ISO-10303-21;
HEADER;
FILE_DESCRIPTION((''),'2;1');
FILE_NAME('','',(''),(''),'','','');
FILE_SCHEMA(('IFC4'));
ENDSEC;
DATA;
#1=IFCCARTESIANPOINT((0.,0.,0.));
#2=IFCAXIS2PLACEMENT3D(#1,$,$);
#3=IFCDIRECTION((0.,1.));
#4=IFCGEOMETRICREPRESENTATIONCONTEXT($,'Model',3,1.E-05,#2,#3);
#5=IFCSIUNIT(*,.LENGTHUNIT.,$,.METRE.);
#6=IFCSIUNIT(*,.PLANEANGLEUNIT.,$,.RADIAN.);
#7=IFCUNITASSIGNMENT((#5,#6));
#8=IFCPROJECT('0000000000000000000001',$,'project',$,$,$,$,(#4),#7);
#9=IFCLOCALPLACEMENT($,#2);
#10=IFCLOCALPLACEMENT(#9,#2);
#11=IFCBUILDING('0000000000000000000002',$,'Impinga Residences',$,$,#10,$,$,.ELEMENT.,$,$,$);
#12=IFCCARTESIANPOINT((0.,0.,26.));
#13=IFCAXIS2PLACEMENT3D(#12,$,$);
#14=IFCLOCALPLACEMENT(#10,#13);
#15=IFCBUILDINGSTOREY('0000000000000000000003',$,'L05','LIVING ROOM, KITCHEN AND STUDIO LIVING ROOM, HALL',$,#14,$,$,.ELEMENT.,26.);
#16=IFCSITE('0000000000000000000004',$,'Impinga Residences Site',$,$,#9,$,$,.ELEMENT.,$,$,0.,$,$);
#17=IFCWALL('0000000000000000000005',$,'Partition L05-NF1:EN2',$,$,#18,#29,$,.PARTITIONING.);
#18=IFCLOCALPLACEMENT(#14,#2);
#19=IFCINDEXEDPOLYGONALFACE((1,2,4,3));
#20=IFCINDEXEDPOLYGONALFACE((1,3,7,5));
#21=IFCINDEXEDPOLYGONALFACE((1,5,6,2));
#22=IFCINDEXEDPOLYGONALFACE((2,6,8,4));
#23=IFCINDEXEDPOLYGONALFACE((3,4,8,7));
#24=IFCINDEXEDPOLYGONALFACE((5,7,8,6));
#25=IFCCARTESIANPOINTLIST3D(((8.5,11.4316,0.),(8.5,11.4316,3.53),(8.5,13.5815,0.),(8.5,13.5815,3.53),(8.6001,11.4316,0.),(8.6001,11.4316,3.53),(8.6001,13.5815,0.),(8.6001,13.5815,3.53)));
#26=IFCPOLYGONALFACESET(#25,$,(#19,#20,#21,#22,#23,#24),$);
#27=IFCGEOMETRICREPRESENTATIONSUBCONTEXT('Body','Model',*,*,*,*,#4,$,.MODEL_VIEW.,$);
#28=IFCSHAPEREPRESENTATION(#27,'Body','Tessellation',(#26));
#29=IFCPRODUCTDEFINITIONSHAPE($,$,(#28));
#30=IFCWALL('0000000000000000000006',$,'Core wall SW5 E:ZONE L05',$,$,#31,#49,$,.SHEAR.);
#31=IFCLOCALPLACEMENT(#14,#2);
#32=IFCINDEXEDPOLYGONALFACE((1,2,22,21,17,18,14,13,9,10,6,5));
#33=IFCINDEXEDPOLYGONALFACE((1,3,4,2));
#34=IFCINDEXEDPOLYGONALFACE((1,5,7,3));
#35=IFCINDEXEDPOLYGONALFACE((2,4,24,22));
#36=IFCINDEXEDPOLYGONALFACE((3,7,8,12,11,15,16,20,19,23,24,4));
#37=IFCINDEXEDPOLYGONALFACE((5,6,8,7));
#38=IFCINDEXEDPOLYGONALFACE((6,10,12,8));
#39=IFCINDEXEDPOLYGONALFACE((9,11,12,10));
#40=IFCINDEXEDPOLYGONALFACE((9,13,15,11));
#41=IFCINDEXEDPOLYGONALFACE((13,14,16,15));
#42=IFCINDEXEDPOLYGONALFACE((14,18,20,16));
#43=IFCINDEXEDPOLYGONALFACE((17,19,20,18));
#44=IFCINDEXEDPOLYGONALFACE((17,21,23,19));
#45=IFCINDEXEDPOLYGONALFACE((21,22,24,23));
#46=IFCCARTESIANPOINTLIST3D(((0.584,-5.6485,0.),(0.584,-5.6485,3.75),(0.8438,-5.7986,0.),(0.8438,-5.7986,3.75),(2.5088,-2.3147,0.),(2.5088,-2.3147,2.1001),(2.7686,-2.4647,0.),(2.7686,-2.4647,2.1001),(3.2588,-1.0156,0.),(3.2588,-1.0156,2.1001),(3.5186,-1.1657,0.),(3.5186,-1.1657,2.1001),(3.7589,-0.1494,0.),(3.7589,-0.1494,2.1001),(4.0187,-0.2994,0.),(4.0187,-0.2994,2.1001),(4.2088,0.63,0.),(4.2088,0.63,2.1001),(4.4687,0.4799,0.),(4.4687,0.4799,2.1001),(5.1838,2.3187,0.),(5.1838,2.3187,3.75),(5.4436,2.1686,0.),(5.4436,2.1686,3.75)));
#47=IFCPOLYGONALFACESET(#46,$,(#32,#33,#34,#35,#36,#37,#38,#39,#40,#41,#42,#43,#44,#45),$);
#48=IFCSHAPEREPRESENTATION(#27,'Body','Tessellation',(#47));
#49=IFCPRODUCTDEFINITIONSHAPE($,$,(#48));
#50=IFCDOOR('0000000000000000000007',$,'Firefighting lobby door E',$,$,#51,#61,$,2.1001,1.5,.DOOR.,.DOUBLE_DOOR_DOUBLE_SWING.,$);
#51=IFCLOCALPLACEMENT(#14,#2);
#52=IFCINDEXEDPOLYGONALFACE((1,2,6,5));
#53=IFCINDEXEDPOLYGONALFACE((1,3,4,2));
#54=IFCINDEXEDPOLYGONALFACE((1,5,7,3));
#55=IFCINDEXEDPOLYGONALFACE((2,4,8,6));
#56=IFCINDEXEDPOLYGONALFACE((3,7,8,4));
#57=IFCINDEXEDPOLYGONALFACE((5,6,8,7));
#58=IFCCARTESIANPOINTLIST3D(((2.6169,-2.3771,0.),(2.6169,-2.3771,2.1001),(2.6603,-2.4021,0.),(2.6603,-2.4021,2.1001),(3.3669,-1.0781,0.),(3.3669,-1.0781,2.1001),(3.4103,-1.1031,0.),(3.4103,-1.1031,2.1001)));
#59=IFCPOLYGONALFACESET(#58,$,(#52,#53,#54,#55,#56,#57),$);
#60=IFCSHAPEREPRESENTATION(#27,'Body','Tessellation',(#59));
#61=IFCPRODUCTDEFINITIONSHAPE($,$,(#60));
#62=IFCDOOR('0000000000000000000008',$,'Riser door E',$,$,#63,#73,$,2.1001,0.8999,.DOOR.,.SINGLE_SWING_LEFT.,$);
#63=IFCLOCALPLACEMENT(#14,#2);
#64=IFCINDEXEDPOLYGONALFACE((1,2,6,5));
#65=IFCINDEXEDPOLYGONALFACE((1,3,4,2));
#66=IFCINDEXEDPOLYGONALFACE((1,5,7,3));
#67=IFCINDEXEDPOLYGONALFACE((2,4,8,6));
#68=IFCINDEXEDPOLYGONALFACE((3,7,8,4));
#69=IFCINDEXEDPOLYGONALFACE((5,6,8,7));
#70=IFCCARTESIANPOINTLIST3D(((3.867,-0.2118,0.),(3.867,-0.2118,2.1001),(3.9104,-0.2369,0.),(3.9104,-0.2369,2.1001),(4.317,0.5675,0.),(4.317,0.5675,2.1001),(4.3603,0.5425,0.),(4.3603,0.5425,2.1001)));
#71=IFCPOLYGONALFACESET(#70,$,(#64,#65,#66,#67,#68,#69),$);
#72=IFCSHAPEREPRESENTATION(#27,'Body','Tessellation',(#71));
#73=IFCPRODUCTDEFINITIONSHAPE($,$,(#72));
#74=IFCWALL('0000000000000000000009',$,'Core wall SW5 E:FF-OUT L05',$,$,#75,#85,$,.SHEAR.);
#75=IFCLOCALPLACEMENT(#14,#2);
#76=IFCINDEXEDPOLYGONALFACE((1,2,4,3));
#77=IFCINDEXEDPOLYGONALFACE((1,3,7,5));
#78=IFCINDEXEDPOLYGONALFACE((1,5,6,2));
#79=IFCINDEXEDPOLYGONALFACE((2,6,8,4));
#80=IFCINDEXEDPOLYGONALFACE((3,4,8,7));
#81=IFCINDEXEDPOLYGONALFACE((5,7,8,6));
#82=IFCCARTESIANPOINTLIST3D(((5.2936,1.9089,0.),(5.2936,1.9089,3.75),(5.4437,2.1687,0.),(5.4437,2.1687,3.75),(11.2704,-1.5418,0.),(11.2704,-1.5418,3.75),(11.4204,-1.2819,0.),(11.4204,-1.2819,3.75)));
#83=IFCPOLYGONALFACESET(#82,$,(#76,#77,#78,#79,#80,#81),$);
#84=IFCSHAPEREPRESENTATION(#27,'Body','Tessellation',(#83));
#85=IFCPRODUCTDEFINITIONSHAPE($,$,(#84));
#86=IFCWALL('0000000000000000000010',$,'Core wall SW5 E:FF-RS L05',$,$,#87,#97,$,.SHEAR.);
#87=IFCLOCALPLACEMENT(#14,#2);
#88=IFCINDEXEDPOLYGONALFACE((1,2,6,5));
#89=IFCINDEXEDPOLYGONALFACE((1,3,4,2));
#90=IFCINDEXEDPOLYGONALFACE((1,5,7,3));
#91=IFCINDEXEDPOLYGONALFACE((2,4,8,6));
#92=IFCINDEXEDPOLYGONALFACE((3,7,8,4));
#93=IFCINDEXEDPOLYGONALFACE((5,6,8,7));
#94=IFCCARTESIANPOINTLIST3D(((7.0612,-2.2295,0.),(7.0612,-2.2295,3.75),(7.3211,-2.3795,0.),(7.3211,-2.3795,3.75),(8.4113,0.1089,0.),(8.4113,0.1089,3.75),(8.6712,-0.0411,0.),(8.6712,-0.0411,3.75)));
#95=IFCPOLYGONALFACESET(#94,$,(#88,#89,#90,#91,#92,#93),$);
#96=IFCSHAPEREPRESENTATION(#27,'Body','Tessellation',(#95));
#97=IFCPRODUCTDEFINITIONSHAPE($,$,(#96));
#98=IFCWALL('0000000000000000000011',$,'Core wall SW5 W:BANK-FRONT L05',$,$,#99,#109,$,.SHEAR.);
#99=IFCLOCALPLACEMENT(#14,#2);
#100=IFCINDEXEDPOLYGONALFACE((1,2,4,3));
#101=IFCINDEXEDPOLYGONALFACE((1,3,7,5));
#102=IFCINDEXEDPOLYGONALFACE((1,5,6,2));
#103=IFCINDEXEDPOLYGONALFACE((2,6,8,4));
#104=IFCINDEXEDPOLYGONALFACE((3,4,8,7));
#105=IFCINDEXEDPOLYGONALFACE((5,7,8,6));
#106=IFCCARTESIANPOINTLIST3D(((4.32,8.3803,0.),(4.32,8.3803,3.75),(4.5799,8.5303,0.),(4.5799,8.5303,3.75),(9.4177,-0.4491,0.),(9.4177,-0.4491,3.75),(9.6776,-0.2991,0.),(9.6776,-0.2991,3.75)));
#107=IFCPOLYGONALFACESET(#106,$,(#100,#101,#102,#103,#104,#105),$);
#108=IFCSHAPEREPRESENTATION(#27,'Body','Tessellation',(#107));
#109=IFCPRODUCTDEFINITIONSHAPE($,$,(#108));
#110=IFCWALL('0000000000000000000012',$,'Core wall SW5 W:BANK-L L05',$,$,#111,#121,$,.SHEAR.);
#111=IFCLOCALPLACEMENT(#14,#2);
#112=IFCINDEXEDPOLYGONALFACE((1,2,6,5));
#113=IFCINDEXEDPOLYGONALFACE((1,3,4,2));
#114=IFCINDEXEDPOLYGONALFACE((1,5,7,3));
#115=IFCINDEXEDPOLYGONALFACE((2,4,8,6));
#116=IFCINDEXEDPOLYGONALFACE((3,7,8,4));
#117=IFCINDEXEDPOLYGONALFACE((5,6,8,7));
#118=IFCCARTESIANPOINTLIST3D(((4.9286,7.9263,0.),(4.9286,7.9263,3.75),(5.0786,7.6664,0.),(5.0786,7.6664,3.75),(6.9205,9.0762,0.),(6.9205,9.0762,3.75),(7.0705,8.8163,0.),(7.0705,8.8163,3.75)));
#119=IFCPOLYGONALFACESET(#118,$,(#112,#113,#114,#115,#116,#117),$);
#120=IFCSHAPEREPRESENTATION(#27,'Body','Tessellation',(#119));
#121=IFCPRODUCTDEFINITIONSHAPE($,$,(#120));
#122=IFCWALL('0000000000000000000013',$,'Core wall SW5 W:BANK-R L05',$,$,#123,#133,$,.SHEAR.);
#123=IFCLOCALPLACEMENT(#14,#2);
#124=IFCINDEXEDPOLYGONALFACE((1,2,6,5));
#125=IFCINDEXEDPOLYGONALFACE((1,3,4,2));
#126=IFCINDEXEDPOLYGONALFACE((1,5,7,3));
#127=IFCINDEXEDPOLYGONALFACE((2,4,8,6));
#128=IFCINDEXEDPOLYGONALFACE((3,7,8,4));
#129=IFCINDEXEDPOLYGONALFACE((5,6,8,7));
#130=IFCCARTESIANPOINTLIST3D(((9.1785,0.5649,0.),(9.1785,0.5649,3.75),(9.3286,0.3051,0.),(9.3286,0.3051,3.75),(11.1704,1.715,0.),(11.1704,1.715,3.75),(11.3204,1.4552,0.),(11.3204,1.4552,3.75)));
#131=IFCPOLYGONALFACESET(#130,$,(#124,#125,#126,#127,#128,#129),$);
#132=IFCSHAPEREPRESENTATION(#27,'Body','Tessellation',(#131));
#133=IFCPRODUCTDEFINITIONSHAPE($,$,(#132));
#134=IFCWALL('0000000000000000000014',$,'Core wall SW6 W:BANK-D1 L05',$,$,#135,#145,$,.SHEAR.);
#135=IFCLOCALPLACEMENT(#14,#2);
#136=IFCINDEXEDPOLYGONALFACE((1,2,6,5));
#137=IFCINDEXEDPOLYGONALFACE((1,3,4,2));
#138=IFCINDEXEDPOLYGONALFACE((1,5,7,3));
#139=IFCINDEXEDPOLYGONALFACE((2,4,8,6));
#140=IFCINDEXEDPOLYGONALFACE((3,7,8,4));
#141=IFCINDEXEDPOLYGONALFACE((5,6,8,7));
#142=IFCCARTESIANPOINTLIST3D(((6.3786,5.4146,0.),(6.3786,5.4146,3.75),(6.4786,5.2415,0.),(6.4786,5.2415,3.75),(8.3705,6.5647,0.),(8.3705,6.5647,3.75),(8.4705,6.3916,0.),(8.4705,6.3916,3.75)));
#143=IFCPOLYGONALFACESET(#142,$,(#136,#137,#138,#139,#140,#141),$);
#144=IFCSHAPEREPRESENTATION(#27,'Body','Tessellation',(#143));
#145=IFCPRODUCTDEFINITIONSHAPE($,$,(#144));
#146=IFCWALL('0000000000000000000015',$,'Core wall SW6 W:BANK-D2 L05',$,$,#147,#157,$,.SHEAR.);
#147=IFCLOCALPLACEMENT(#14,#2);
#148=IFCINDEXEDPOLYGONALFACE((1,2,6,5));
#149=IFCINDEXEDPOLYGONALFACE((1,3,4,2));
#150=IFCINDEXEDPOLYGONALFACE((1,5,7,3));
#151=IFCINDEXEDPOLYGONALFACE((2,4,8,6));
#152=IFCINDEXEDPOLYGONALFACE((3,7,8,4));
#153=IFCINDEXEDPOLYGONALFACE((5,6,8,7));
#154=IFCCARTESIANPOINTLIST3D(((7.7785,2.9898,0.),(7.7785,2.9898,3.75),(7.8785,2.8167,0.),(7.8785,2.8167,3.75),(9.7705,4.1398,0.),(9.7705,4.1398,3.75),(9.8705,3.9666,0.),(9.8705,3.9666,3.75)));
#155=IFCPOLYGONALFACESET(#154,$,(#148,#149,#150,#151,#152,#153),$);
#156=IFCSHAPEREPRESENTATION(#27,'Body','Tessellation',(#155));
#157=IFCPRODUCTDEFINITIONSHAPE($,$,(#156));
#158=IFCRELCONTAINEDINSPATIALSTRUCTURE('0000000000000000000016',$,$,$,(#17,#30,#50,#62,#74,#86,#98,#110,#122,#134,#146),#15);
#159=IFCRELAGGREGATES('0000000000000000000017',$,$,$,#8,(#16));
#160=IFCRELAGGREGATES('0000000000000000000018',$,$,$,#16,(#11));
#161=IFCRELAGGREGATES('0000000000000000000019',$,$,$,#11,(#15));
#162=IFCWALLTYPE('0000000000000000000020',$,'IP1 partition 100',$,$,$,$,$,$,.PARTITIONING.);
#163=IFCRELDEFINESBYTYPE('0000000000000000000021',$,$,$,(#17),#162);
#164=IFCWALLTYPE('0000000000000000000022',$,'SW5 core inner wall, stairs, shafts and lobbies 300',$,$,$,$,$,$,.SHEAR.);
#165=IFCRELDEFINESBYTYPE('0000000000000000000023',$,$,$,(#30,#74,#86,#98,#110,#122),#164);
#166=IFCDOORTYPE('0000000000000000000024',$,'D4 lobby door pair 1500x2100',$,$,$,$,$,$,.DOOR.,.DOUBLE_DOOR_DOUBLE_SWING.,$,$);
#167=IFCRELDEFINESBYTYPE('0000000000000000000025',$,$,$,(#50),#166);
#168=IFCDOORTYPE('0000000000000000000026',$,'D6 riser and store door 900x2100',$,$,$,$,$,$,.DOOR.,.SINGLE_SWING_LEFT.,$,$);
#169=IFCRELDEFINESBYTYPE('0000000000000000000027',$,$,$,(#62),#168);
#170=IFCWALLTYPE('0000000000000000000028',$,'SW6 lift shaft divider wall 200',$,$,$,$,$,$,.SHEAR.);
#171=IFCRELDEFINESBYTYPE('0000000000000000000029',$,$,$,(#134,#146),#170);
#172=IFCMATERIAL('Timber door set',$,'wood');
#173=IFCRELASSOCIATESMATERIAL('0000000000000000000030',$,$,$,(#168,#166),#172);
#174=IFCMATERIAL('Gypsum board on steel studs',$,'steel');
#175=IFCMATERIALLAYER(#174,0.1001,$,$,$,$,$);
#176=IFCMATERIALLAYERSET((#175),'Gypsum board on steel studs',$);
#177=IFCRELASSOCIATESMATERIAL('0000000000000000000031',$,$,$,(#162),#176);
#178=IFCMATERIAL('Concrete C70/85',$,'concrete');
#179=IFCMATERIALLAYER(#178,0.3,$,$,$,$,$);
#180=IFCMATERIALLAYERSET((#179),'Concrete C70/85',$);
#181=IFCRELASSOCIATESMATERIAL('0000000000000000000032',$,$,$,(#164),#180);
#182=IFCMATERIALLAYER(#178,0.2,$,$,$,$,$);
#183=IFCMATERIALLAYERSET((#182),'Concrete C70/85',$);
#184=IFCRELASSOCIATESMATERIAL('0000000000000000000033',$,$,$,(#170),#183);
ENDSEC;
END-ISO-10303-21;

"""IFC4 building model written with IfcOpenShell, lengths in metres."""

from ifc_helpers import new_model, si_unit, direction, frame, frame_2d, origin, place, context, subcontext, project, spatial, rectangle, extrude, material, layer, layer_set, type_object, element, fill, save


model = new_model("IFC4")

# Units and contexts
model_context = context("Model", 3, precision=1e-05, world=origin(), true_north=direction((0.0, 1.0)))
body_context = subcontext(model_context, "Body", "Model", "MODEL_VIEW")
ifc_project = project(units=[si_unit("LENGTHUNIT", "METRE"), si_unit("PLANEANGLEUNIT", "RADIAN")], contexts=[model_context])

# Site, building, storey
site_placement = place(None, origin())
site = spatial("IfcSite", under=ifc_project, at=site_placement, Name="Impinga Residences Site", CompositionType="ELEMENT", RefElevation=0.0)
building_placement = place(site_placement, origin())
building = spatial("IfcBuilding", under=site, at=building_placement, Name="Impinga Residences", CompositionType="ELEMENT")
storey_placement = place(building_placement, frame((0.0, 0.0, 26.0)))
storey = spatial("IfcBuildingStorey", under=building, at=storey_placement, Name="L05", Description="LIVING ROOM, KITCHEN AND STUDIO LIVING ROOM, HALL", CompositionType="ELEMENT", Elevation=26.0)

# Shared definitions
ifc_material_1 = material(Name="Concrete C70/85", Category="concrete")

# Shared definitions
ifc_material_2 = material(Name="Timber door set", Category="wood")
door_type_1 = type_object("IfcDoorType", Name="D6 riser and store door 900x2100", OperationType="SINGLE_SWING_LEFT", PredefinedType="DOOR", material=ifc_material_2)

# Shared definitions
ifc_material_3 = material(Name="Gypsum board on steel studs", Category="steel")
ifc_layer_1 = layer(ifc_material_3, 0.1001)
ifc_layer_set_1 = layer_set([ifc_layer_1], Name="Gypsum board on steel studs")
wall_type_1 = type_object("IfcWallType", Name="IP1 partition 100", PredefinedType="PARTITIONING", material=ifc_layer_set_1)

# Wall
wall_1_placement = place(storey_placement, frame((8.55, 11.4316, 0.0), z_axis=(0.0, 0.0, 1.0), x_axis=(0.0, 1.0, 0.0)))
element("IfcWall", 1, at=wall_1_placement, inside=storey, type_object=wall_type_1, Name="Partition L05-NF1:EN2", PredefinedType="PARTITIONING", context=body_context, shape_type="SweptSolid", body=[
    extrude(rectangle(XDim=2.1499, YDim=0.1001, at=frame_2d((1.075, 0.0))), origin(), (0.0, 0.0, 1.0), 3.53),
])

# Wall, openings, doors
ifc_layer_2 = layer(ifc_material_1, 0.3)
ifc_layer_set_2 = layer_set([ifc_layer_2], Name="Concrete C70/85")
wall_type_2 = type_object("IfcWallType", Name="SW5 core inner wall, stairs, shafts and lobbies 300", PredefinedType="SHEAR", material=ifc_layer_set_2)
wall_2_placement = place(storey_placement, frame((5.3137, 2.2437, 0.0), z_axis=(0.0, 0.0, 1.0), x_axis=(-0.499995, -0.866028, 0.0)))
wall_2 = element("IfcWall", 2, at=wall_2_placement, inside=storey, type_object=wall_type_2, Name="Core wall SW5 E:ZONE L05", PredefinedType="SHEAR", context=body_context, shape_type="SweptSolid", body=[
    extrude(rectangle(XDim=9.1997, YDim=0.3, at=frame_2d((4.5999, 0.0))), origin(), (0.0, 0.0, 1.0), 3.75),
])
opening_1_placement = place(wall_2_placement, frame((3.8501, 0.0, 0.0)))
opening_1 = element("IfcOpeningElement", 3, at=opening_1_placement, cuts=wall_2, PredefinedType="OPENING", context=body_context, shape_type="SweptSolid", body=[
    extrude(rectangle(XDim=1.5, YDim=2.1001, at=frame_2d((0.75, 1.05))), frame((0.0, 0.1599, 0.0), z_axis=(0.0, -1.0, 0.0), x_axis=(1.0, 0.0, 0.0)), (0.0, 0.0, 1.0), 0.3201),
])
opening_2_placement = place(wall_2_placement, frame((1.95, 0.0, 0.0)))
opening_2 = element("IfcOpeningElement", 4, at=opening_2_placement, cuts=wall_2, PredefinedType="OPENING", context=body_context, shape_type="SweptSolid", body=[
    extrude(rectangle(XDim=0.8999, YDim=2.1001, at=frame_2d((0.45, 1.05))), frame((0.0, 0.1599, 0.0), z_axis=(0.0, -1.0, 0.0), x_axis=(1.0, 0.0, 0.0)), (0.0, 0.0, 1.0), 0.3201),
])
door_type_2 = type_object("IfcDoorType", Name="D4 lobby door pair 1500x2100", OperationType="DOUBLE_DOOR_DOUBLE_SWING", PredefinedType="DOOR", material=ifc_material_2)
door_1_placement = place(opening_1_placement, origin())
door_1 = element("IfcDoor", 5, at=door_1_placement, inside=storey, type_object=door_type_2, Name="Firefighting lobby door E", OperationType="DOUBLE_DOOR_DOUBLE_SWING", OverallHeight=2.1001, OverallWidth=1.5, PredefinedType="DOOR", context=body_context, shape_type="SweptSolid", body=[
    extrude(rectangle(XDim=1.5, YDim=2.1001, at=frame_2d((0.75, 1.05))), frame((0.0, 0.0249, 0.0), z_axis=(0.0, -1.0, 0.0), x_axis=(1.0, 0.0, 0.0)), (0.0, 0.0, 1.0), 0.05),
])
fill(opening_1, door_1)
door_2_placement = place(opening_2_placement, origin())
door_2 = element("IfcDoor", 6, at=door_2_placement, inside=storey, type_object=door_type_1, Name="Riser door E", OperationType="SINGLE_SWING_LEFT", OverallHeight=2.1001, OverallWidth=0.8999, PredefinedType="DOOR", context=body_context, shape_type="SweptSolid", body=[
    extrude(rectangle(XDim=0.8999, YDim=2.1001, at=frame_2d((0.45, 1.05))), frame((0.0, 0.0249, 0.0), z_axis=(0.0, -1.0, 0.0), x_axis=(1.0, 0.0, 0.0)), (0.0, 0.0, 1.0), 0.05),
])
fill(opening_2, door_2)

# Walls
wall_3_placement = place(storey_placement, frame((5.3687, 2.0388, 0.0), z_axis=(0.0, 0.0, 1.0), x_axis=(0.866027, -0.499997, 0.0)))
element("IfcWall", 7, at=wall_3_placement, inside=storey, type_object=wall_type_2, Name="Core wall SW5 E:FF-OUT L05", PredefinedType="SHEAR", context=body_context, shape_type="SweptSolid", body=[
    extrude(rectangle(XDim=6.9014, YDim=0.3, at=frame_2d((3.4507, 0.0))), origin(), (0.0, 0.0, 1.0), 3.75),
])
wall_4_placement = place(storey_placement, frame((8.5413, 0.0339, 0.0), z_axis=(0.0, 0.0, 1.0), x_axis=(-0.500009, -0.86602, 0.0)))
element("IfcWall", 8, at=wall_4_placement, inside=storey, type_object=wall_type_2, Name="Core wall SW5 E:FF-RS L05", PredefinedType="SHEAR", context=body_context, shape_type="SweptSolid", body=[
    extrude(rectangle(XDim=2.7002, YDim=0.3, at=frame_2d((1.3501, 0.0))), origin(), (0.0, 0.0, 1.0), 3.75),
])
wall_5_placement = place(storey_placement, frame((4.45, 8.4553, 0.0), z_axis=(0.0, 0.0, 1.0), x_axis=(0.500002, -0.866024, 0.0)))
element("IfcWall", 9, at=wall_5_placement, inside=storey, type_object=wall_type_2, Name="Core wall SW5 W:BANK-FRONT L05", PredefinedType="SHEAR", context=body_context, shape_type="SweptSolid", body=[
    extrude(rectangle(XDim=10.1953, YDim=0.3, at=frame_2d((5.0977, 0.0))), origin(), (0.0, 0.0, 1.0), 3.75),
])
for number, where, z_axis, x_axis, name in (
    (10, (5.0037, 7.7964, 0.0), (0.0, 0.0, 1.0), (0.866053, 0.499952, 0.0), "Core wall SW5 W:BANK-L L05"),
    (11, (9.2537, 0.4351, 0.0), (0.0, 0.0, 1.0), (0.866007, 0.500032, 0.0), "Core wall SW5 W:BANK-R L05"),
):
    element("IfcWall", number, at=place(storey_placement, frame(where, z_axis=z_axis, x_axis=x_axis)), inside=storey, type_object=wall_type_2, Name=name, PredefinedType="SHEAR", context=body_context, shape_type="SweptSolid", body=[
        extrude(rectangle(XDim=2.3, YDim=0.3, at=frame_2d((1.1499, 0.0))), origin(), (0.0, 0.0, 1.0), 3.75),
    ])
ifc_layer_3 = layer(ifc_material_1, 0.2)
ifc_layer_set_3 = layer_set([ifc_layer_3], Name="Concrete C70/85")
wall_type_3 = type_object("IfcWallType", Name="SW6 lift shaft divider wall 200", PredefinedType="SHEAR", material=ifc_layer_set_3)
for number, where, z_axis, x_axis, name in (
    (12, (6.4287, 5.3281, 0.0), (0.0, 0.0, 1.0), (0.866007, 0.500032, 0.0), "Core wall SW6 W:BANK-D1 L05"),
    (13, (7.8286, 2.9033, 0.0), (0.0, 0.0, 1.0), (0.866053, 0.499952, 0.0), "Core wall SW6 W:BANK-D2 L05"),
):
    element("IfcWall", number, at=place(storey_placement, frame(where, z_axis=z_axis, x_axis=x_axis)), inside=storey, type_object=wall_type_3, Name=name, PredefinedType="SHEAR", context=body_context, shape_type="SweptSolid", body=[
        extrude(rectangle(XDim=2.3, YDim=0.2, at=frame_2d((1.1499, 0.0))), origin(), (0.0, 0.0, 1.0), 3.75),
    ])

save(model, "model.ifc")
